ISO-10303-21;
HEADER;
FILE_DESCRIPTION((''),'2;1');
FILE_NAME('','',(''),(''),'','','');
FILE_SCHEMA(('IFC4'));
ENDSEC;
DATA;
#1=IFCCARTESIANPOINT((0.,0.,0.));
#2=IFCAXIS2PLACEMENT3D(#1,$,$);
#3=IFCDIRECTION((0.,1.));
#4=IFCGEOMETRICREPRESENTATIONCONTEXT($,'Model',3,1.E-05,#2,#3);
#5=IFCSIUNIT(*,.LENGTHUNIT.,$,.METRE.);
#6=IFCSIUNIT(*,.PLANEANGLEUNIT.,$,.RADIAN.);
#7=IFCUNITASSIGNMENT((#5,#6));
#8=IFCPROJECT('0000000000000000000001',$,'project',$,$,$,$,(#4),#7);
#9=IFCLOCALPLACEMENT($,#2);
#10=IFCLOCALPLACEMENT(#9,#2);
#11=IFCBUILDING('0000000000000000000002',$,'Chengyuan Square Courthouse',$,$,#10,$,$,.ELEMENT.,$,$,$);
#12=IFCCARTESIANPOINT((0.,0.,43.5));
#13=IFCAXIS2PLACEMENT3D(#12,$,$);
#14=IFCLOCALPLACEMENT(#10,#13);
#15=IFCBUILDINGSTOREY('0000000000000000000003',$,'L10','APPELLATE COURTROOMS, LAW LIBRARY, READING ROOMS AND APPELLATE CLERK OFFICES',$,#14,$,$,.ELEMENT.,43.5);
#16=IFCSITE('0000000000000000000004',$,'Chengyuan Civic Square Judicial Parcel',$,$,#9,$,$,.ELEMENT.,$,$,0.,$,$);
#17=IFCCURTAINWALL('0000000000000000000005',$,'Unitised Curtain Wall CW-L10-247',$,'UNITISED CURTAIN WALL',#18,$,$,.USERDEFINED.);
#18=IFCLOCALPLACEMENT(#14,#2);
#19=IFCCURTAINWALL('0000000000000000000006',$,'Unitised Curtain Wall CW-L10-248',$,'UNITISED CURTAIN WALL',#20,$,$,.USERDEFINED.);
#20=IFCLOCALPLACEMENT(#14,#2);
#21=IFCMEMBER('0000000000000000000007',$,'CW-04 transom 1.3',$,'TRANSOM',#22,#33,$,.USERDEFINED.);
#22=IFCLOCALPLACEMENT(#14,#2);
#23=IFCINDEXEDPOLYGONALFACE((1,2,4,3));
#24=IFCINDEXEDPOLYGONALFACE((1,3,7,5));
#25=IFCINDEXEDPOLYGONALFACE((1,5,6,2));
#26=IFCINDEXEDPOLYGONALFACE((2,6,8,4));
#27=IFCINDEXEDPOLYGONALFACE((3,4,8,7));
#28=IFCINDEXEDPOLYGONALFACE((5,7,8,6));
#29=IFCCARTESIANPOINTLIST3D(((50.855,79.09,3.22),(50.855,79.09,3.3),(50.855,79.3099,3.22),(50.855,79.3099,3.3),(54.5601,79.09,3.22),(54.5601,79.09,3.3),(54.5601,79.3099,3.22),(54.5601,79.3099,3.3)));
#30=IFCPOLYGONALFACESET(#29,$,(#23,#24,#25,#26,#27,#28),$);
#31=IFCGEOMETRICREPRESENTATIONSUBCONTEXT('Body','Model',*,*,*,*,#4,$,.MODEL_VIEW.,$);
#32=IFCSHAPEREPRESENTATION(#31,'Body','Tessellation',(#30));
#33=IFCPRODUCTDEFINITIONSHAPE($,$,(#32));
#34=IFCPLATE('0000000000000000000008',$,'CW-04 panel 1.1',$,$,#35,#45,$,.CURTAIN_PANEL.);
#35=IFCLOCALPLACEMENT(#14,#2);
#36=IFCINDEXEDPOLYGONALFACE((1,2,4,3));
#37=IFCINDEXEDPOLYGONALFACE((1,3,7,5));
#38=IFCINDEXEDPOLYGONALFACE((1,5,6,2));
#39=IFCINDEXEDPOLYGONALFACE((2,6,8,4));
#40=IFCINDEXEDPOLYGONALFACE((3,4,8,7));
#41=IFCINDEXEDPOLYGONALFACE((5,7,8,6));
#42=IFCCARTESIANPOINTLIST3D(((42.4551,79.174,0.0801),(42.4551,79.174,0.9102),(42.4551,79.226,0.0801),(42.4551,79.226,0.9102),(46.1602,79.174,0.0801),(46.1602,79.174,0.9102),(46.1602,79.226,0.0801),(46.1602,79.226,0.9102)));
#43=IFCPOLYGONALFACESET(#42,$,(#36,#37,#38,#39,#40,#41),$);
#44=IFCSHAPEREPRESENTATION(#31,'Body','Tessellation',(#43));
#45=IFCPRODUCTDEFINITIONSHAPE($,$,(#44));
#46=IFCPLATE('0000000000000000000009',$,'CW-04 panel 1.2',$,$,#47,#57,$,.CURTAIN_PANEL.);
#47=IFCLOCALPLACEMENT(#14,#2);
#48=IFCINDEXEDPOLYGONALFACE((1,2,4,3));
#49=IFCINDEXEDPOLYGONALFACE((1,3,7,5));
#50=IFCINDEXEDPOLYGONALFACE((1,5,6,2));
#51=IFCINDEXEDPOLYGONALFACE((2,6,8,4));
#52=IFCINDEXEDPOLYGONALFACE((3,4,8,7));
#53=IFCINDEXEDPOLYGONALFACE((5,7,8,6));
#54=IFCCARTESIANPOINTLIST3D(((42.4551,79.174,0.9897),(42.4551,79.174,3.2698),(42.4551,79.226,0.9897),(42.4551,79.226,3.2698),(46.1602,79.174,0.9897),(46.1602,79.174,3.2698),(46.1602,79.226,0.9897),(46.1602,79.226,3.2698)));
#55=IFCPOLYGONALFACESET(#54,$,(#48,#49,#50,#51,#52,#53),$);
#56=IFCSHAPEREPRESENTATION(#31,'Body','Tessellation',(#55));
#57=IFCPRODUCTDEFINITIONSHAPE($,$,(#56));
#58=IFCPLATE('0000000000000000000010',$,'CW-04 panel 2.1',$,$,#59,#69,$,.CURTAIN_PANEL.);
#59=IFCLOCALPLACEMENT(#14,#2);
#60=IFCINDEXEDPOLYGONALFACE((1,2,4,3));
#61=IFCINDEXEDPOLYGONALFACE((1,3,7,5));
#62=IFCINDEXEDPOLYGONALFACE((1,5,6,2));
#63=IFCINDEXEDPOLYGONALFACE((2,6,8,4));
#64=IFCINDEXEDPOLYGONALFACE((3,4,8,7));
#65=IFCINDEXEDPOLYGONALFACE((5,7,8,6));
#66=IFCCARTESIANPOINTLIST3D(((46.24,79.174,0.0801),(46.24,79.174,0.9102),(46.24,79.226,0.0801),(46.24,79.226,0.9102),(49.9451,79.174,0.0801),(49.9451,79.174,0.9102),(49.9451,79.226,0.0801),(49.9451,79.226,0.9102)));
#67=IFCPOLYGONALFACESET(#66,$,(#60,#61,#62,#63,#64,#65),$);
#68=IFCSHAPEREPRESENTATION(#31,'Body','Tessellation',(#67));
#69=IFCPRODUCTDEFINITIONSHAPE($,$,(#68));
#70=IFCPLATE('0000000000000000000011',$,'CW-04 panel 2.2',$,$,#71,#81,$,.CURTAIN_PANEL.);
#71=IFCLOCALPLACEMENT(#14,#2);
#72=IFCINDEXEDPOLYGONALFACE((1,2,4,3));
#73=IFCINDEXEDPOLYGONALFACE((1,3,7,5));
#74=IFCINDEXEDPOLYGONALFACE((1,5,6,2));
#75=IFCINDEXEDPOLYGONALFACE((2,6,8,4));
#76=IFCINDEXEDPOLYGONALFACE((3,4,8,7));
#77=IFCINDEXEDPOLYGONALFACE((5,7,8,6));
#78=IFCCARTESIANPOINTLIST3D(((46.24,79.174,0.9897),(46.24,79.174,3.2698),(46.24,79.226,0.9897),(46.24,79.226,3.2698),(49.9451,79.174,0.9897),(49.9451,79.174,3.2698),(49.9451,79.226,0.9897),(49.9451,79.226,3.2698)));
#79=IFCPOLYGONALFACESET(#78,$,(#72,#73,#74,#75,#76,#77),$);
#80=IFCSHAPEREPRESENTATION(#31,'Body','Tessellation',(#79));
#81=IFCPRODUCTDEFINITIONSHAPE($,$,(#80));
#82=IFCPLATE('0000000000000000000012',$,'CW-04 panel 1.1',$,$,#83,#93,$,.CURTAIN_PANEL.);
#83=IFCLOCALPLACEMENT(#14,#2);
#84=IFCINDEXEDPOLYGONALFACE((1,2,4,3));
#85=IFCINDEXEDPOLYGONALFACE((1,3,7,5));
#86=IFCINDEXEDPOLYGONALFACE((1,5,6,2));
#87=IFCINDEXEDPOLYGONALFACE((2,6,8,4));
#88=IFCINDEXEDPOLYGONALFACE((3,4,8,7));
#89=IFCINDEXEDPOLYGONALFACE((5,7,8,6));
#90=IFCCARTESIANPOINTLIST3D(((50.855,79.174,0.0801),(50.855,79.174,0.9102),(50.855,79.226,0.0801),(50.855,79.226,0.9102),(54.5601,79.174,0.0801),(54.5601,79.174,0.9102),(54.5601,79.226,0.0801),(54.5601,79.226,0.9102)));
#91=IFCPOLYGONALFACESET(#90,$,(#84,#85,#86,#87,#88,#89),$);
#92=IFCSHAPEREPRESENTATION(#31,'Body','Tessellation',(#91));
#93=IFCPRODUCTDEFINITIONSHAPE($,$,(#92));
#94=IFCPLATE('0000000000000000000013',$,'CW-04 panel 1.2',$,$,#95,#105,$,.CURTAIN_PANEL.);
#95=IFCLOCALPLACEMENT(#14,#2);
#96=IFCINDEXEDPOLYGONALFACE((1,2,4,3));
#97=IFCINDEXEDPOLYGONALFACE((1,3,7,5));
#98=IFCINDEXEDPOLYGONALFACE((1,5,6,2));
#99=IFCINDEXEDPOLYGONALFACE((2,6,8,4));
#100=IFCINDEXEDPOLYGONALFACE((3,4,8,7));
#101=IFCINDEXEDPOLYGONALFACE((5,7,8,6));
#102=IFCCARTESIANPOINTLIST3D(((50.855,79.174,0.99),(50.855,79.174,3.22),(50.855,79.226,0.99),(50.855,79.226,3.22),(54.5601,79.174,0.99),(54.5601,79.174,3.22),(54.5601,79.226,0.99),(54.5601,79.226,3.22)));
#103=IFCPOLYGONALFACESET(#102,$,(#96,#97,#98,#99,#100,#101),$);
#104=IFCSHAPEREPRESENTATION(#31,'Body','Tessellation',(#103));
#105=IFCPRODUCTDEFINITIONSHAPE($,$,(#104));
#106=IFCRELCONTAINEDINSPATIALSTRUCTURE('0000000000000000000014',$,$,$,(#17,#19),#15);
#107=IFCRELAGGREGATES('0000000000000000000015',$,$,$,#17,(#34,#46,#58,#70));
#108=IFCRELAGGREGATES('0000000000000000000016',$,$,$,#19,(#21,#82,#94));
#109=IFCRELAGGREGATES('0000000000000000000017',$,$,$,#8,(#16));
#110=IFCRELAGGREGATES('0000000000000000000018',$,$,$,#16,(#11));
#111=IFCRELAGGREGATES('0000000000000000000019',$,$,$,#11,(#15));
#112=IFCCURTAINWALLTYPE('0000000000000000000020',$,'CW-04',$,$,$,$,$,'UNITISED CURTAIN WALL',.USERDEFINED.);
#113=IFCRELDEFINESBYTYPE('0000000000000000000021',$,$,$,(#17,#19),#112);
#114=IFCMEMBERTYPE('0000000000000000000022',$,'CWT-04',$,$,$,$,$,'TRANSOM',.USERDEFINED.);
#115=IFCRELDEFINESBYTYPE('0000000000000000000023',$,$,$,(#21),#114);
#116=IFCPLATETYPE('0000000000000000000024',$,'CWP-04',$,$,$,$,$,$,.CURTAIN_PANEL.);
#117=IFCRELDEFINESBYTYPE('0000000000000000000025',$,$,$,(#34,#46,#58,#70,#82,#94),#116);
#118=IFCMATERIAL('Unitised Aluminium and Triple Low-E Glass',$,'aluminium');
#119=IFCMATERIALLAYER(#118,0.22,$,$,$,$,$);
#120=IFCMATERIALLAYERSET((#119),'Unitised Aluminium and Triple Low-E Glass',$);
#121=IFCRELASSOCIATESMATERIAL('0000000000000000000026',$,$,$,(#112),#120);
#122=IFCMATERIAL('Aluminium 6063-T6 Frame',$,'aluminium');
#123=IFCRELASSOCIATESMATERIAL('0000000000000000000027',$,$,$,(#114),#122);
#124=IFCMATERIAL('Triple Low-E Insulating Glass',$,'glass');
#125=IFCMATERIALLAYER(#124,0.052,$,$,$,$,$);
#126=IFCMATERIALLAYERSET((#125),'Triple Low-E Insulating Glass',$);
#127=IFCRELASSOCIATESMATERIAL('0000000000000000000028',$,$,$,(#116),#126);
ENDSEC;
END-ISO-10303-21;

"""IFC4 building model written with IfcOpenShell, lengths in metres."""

from ifc_helpers import new_model, si_unit, direction, frame, origin, origin_2d, place, context, subcontext, project, spatial, rectangle, extrude, material, layer, layer_set, material_profile, profile_set, type_object, element, aggregate, save


model = new_model("IFC4")

# Units and contexts
model_context = context("Model", 3, precision=1e-05, world=origin(), true_north=direction((0.0, 1.0)))
body_context = subcontext(model_context, "Body", "Model", "MODEL_VIEW")
ifc_project = project(units=[si_unit("LENGTHUNIT", "METRE"), si_unit("PLANEANGLEUNIT", "RADIAN")], contexts=[model_context])

# Site, building, storey
site_placement = place(None, origin())
site = spatial("IfcSite", under=ifc_project, at=site_placement, Name="Chengyuan Civic Square Judicial Parcel", CompositionType="ELEMENT", RefElevation=0.0)
building_placement = place(site_placement, origin())
building = spatial("IfcBuilding", under=site, at=building_placement, Name="Chengyuan Square Courthouse", CompositionType="ELEMENT")
storey_placement = place(building_placement, frame((0.0, 0.0, 43.5)))
storey = spatial("IfcBuildingStorey", under=building, at=storey_placement, Name="L10", Description="APPELLATE COURTROOMS, LAW LIBRARY, READING ROOMS AND APPELLATE CLERK OFFICES", CompositionType="ELEMENT", Elevation=43.5)

# Curtain wall
ifc_material_1 = material(Name="Unitised Aluminium and Triple Low-E Glass", Category="aluminium")
ifc_layer_1 = layer(ifc_material_1, 0.22)
ifc_layer_set_1 = layer_set([ifc_layer_1], Name="Unitised Aluminium and Triple Low-E Glass")
curtain_wall_type = type_object("IfcCurtainWallType", Name="CW-04", ElementType="UNITISED CURTAIN WALL", PredefinedType="USERDEFINED", material=ifc_layer_set_1)
curtain_wall_1_placement = place(storey_placement, origin())
curtain_wall_1 = element("IfcCurtainWall", 1, at=curtain_wall_1_placement, inside=storey, type_object=curtain_wall_type, Name="Unitised Curtain Wall CW-L10-247", ObjectType="UNITISED CURTAIN WALL", PredefinedType="USERDEFINED")
ifc_material_2 = material(Name="Aluminium 6063-T6 Frame", Category="aluminium")

# Curtain wall
curtain_wall_2_placement = place(storey_placement, origin())
curtain_wall_2 = element("IfcCurtainWall", 2, at=curtain_wall_2_placement, inside=storey, type_object=curtain_wall_type, Name="Unitised Curtain Wall CW-L10-248", ObjectType="UNITISED CURTAIN WALL", PredefinedType="USERDEFINED")

# Member
ifc_material_profile_1 = material_profile(ifc_material_2, rectangle(XDim=0.22, YDim=0.0801, at=origin_2d()), Name="CW-TRN-80x180")
ifc_profile_set_1 = profile_set([ifc_material_profile_1], Name="Aluminium 6063-T6 Frame")
member_type_1 = type_object("IfcMemberType", Name="CWT-04", ElementType="TRANSOM", PredefinedType="USERDEFINED", material=ifc_profile_set_1)
member_1_placement = place(storey_placement, frame((50.855, 79.2, 3.26), z_axis=(1.0, 0.0, 0.0), x_axis=(0.0, 1.0, 0.0)))
member_1 = element("IfcMember", 3, at=member_1_placement, type_object=member_type_1, Name="CW-04 transom 1.3", ObjectType="TRANSOM", PredefinedType="USERDEFINED", context=body_context, shape_type="SweptSolid", body=[
    extrude(rectangle(XDim=0.22, YDim=0.0801, at=origin_2d()), origin(), (0.0, 0.0, 1.0), 3.7051),
])

# Plates
ifc_material_3 = material(Name="Triple Low-E Insulating Glass", Category="glass")
ifc_layer_2 = layer(ifc_material_3, 0.052)
ifc_layer_set_2 = layer_set([ifc_layer_2], Name="Triple Low-E Insulating Glass")
plate_type = type_object("IfcPlateType", Name="CWP-04", PredefinedType="CURTAIN_PANEL", material=ifc_layer_set_2)
plate_1_placement = place(storey_placement, frame((44.3076, 79.2, 0.0801), z_axis=(0.0, 0.0, 1.0), x_axis=(1.0, 0.0, 0.0)))
plate_1 = element("IfcPlate", 4, at=plate_1_placement, type_object=plate_type, Name="CW-04 panel 1.1", PredefinedType="CURTAIN_PANEL", context=body_context, shape_type="SweptSolid", body=[
    extrude(rectangle(XDim=3.7051, YDim=0.052, at=origin_2d()), origin(), (0.0, 0.0, 1.0), 0.8301),
])
plate_2_placement = place(storey_placement, frame((44.3076, 79.2, 0.9897), z_axis=(0.0, 0.0, 1.0), x_axis=(1.0, 0.0, 0.0)))
plate_2 = element("IfcPlate", 5, at=plate_2_placement, type_object=plate_type, Name="CW-04 panel 1.2", PredefinedType="CURTAIN_PANEL", context=body_context, shape_type="SweptSolid", body=[
    extrude(rectangle(XDim=3.7051, YDim=0.052, at=origin_2d()), origin(), (0.0, 0.0, 1.0), 2.28),
])
plate_3_placement = place(storey_placement, frame((48.0925, 79.2, 0.0801), z_axis=(0.0, 0.0, 1.0), x_axis=(1.0, 0.0, 0.0)))
plate_3 = element("IfcPlate", 6, at=plate_3_placement, type_object=plate_type, Name="CW-04 panel 2.1", PredefinedType="CURTAIN_PANEL", context=body_context, shape_type="SweptSolid", body=[
    extrude(rectangle(XDim=3.7051, YDim=0.052, at=origin_2d()), origin(), (0.0, 0.0, 1.0), 0.8301),
])
plate_4_placement = place(storey_placement, frame((48.0925, 79.2, 0.9897), z_axis=(0.0, 0.0, 1.0), x_axis=(1.0, 0.0, 0.0)))
plate_4 = element("IfcPlate", 7, at=plate_4_placement, type_object=plate_type, Name="CW-04 panel 2.2", PredefinedType="CURTAIN_PANEL", context=body_context, shape_type="SweptSolid", body=[
    extrude(rectangle(XDim=3.7051, YDim=0.052, at=origin_2d()), origin(), (0.0, 0.0, 1.0), 2.28),
])
aggregate(curtain_wall_1, [plate_1, plate_2, plate_3, plate_4])
plate_5_placement = place(storey_placement, frame((52.7075, 79.2, 0.0801), z_axis=(0.0, 0.0, 1.0), x_axis=(1.0, 0.0, 0.0)))
plate_5 = element("IfcPlate", 8, at=plate_5_placement, type_object=plate_type, Name="CW-04 panel 1.1", PredefinedType="CURTAIN_PANEL", context=body_context, shape_type="SweptSolid", body=[
    extrude(rectangle(XDim=3.7051, YDim=0.052, at=origin_2d()), origin(), (0.0, 0.0, 1.0), 0.8301),
])
plate_6_placement = place(storey_placement, frame((52.7075, 79.2, 0.99), z_axis=(0.0, 0.0, 1.0), x_axis=(1.0, 0.0, 0.0)))
plate_6 = element("IfcPlate", 9, at=plate_6_placement, type_object=plate_type, Name="CW-04 panel 1.2", PredefinedType="CURTAIN_PANEL", context=body_context, shape_type="SweptSolid", body=[
    extrude(rectangle(XDim=3.7051, YDim=0.052, at=origin_2d()), origin(), (0.0, 0.0, 1.0), 2.23),
])
aggregate(curtain_wall_2, [member_1, plate_5, plate_6])

save(model, "model.ifc")
